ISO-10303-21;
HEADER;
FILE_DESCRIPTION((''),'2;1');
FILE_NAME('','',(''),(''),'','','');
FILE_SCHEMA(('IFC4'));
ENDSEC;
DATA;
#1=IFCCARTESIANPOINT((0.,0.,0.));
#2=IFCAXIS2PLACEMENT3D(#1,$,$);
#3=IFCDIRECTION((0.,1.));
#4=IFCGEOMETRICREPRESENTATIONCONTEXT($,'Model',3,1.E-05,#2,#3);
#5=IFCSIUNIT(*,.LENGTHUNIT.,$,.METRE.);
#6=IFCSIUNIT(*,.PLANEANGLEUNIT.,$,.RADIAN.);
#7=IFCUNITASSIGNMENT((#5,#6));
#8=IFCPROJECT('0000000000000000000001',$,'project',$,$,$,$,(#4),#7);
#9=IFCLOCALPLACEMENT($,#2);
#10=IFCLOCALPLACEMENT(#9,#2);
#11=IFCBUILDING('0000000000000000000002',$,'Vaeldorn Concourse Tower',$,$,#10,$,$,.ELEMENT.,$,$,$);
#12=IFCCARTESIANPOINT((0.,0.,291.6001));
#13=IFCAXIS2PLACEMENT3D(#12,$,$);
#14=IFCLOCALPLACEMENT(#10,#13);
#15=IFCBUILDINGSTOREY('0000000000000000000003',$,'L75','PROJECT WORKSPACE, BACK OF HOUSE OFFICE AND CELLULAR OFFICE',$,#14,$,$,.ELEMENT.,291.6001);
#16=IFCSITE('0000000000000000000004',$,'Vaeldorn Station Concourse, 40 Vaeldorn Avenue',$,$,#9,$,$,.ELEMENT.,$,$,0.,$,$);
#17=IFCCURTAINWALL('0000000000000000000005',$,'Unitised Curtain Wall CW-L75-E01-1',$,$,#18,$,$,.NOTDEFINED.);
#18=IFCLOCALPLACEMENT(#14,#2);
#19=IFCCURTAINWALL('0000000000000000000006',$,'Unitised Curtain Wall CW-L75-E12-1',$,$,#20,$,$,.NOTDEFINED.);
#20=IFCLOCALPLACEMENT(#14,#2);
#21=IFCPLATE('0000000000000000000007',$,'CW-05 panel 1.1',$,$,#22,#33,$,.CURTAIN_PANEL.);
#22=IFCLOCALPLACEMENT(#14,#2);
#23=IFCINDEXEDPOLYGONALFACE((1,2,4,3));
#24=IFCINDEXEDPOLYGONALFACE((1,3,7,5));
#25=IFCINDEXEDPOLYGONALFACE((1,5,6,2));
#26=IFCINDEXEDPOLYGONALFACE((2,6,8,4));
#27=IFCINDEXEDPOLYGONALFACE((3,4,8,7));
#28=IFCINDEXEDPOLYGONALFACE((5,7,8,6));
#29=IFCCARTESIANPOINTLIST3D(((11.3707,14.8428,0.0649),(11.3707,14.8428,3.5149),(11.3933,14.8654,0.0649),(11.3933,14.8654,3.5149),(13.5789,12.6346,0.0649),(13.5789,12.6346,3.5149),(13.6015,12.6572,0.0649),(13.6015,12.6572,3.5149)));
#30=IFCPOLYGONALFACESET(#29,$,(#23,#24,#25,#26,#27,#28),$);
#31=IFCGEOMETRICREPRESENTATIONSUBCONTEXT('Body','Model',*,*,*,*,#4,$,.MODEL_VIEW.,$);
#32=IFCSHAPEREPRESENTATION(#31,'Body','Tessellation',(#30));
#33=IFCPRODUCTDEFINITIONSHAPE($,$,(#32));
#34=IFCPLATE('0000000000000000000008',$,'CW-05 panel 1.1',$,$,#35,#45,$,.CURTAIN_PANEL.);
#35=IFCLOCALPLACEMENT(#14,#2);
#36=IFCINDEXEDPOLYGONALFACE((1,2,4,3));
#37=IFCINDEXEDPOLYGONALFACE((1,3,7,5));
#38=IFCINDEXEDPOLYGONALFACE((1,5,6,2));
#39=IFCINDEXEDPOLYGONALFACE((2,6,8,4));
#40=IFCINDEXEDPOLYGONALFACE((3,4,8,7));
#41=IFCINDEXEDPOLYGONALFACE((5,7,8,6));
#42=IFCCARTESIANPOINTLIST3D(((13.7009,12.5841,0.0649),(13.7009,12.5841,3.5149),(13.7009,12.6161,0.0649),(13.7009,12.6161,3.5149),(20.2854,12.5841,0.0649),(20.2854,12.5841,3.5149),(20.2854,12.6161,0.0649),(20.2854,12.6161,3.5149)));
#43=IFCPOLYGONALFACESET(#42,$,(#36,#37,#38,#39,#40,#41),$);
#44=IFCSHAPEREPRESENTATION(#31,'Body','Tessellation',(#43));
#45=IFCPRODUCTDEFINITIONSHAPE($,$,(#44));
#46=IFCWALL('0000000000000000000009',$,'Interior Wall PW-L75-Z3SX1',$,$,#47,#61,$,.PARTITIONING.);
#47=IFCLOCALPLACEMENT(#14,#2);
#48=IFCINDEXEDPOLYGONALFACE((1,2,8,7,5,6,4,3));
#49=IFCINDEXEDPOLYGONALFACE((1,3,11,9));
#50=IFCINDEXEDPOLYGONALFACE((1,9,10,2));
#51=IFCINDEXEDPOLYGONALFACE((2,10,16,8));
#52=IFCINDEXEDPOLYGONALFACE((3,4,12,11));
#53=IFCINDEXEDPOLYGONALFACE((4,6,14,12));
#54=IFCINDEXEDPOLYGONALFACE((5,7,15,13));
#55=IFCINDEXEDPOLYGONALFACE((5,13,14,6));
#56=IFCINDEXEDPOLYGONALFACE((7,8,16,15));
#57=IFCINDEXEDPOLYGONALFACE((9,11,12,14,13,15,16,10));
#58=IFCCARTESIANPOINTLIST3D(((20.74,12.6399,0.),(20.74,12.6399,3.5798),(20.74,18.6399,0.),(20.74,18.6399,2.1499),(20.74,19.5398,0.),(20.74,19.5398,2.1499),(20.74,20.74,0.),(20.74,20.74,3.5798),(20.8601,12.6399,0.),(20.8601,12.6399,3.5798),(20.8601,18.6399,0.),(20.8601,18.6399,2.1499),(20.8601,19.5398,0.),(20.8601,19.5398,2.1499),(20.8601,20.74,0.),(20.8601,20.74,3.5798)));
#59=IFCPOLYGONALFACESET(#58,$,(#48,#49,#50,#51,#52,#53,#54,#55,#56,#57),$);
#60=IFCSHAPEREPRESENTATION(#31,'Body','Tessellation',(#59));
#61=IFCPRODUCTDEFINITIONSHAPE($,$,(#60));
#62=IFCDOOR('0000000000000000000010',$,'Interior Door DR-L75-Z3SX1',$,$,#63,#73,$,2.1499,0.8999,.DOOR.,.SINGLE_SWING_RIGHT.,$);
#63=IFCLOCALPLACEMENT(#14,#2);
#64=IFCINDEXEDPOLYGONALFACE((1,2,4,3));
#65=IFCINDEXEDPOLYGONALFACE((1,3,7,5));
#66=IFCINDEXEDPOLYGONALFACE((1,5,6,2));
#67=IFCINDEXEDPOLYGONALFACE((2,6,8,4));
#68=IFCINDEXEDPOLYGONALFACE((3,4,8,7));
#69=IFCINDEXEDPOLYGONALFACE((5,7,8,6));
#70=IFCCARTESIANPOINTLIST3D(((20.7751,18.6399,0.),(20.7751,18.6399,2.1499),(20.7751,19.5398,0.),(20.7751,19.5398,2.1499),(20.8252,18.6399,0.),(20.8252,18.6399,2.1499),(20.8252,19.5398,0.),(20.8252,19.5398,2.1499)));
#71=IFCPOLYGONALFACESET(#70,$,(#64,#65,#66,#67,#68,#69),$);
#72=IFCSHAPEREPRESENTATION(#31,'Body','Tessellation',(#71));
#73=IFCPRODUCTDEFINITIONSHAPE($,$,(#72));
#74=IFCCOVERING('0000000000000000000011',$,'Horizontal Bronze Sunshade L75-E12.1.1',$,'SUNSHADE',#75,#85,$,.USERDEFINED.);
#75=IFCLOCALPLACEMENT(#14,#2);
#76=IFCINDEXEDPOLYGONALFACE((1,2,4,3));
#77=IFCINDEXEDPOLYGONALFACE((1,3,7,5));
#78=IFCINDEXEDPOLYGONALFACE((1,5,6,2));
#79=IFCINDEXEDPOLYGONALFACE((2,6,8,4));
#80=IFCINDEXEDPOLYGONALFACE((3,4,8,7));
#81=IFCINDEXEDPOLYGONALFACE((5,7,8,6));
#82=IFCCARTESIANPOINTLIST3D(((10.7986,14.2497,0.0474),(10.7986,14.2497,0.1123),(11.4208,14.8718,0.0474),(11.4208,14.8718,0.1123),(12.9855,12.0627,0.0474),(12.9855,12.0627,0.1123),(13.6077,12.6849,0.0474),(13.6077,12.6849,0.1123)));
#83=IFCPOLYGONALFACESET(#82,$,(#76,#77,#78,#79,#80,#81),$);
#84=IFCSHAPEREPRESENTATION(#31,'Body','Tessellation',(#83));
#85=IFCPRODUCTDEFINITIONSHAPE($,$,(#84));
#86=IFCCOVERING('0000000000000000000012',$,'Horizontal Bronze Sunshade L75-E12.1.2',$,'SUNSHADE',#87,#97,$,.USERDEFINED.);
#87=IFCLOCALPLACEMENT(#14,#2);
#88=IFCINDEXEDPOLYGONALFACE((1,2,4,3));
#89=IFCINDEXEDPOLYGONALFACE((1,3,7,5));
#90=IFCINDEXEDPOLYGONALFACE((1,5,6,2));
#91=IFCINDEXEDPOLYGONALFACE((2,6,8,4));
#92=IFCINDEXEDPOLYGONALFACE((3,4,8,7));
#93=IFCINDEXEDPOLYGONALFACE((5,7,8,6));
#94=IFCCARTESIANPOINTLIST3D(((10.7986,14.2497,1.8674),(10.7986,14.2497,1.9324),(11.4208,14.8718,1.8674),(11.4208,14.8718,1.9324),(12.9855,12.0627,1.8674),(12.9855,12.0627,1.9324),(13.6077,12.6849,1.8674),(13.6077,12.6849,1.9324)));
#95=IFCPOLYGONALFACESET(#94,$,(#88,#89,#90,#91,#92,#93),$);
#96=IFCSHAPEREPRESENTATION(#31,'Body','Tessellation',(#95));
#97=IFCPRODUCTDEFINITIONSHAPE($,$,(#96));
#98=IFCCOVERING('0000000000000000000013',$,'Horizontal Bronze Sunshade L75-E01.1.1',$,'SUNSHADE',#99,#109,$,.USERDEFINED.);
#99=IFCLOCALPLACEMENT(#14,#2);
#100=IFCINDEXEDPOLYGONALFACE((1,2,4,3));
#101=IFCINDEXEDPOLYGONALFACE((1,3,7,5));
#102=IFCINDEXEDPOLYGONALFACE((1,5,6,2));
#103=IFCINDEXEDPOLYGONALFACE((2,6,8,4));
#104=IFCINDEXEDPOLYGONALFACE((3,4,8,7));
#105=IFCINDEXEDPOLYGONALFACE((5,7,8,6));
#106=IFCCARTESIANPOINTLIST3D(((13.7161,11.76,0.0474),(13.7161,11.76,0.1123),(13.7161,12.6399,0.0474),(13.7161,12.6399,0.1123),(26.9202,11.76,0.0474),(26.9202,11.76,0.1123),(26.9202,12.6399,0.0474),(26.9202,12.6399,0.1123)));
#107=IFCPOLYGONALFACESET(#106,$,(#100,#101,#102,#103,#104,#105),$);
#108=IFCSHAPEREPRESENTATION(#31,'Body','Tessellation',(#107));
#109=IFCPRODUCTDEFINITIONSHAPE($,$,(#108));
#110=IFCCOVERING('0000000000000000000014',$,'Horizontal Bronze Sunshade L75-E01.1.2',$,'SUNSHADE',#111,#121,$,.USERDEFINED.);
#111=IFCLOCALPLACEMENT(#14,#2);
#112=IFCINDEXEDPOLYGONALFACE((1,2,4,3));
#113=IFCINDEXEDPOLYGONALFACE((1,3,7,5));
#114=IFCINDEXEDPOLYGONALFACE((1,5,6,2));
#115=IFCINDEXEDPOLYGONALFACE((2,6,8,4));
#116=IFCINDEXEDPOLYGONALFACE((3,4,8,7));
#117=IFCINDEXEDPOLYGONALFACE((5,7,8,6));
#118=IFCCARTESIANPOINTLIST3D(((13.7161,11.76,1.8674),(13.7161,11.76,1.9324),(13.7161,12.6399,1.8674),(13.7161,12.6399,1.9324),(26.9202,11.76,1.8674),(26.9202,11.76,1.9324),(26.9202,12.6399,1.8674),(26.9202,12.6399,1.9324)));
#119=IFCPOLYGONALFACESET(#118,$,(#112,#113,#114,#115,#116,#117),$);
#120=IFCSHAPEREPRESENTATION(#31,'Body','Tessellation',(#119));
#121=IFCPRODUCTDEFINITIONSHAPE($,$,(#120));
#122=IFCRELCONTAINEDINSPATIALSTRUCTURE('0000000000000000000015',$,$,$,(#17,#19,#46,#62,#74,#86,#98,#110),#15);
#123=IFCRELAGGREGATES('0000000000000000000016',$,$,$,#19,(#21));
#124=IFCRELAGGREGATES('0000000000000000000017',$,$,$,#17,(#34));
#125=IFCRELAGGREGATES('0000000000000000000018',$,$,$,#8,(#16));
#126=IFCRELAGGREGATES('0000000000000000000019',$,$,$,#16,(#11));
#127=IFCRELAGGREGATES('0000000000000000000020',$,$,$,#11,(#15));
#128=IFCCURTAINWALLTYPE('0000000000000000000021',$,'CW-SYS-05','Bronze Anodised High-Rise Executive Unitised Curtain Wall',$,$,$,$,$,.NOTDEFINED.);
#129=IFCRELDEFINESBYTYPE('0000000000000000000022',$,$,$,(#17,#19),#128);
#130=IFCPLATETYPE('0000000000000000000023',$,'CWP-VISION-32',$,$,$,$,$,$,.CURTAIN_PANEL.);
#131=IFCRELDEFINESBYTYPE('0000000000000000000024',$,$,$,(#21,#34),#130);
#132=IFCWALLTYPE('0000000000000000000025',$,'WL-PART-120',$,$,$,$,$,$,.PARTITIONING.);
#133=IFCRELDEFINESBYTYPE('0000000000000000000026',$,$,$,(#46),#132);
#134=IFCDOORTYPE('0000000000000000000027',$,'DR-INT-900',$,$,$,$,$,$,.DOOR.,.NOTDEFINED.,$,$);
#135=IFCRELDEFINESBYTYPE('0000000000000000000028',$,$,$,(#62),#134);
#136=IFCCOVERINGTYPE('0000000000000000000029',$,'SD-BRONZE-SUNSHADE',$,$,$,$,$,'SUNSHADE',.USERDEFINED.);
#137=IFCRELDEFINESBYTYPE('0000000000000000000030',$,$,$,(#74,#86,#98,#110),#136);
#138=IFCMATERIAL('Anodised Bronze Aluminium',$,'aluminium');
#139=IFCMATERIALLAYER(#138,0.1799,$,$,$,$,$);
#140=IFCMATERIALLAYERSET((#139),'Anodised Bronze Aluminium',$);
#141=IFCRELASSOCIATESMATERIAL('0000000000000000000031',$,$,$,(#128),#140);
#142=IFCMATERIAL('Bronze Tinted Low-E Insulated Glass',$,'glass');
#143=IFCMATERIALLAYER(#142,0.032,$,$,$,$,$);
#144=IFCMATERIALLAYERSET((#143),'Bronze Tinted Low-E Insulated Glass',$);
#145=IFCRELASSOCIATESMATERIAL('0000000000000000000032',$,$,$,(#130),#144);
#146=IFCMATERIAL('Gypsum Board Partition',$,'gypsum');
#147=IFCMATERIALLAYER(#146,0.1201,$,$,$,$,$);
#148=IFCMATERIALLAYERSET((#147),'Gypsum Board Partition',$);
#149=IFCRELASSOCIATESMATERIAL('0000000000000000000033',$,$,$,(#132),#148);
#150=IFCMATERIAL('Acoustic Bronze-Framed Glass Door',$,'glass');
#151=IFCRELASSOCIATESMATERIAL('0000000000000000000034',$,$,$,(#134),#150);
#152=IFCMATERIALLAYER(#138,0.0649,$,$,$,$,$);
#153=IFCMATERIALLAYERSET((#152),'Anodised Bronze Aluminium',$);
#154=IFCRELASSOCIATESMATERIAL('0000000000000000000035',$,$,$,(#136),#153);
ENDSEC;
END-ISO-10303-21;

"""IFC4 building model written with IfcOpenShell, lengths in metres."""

from ifc_helpers import new_model, si_unit, direction, frame, frame_2d, origin, origin_2d, place, context, subcontext, project, spatial, rectangle, extrude, source, transform, mapped, material, layer, layer_set, type_object, element, fill, aggregate, save


model = new_model("IFC4")

# Units and contexts
model_context = context("Model", 3, precision=1e-05, world=origin(), true_north=direction((0.0, 1.0)))
body_context = subcontext(model_context, "Body", "Model", "MODEL_VIEW")
ifc_project = project(units=[si_unit("LENGTHUNIT", "METRE"), si_unit("PLANEANGLEUNIT", "RADIAN")], contexts=[model_context])

# Site, building, storey
site_placement = place(None, origin())
site = spatial("IfcSite", under=ifc_project, at=site_placement, Name="Vaeldorn Station Concourse, 40 Vaeldorn Avenue", CompositionType="ELEMENT", RefElevation=0.0)
building_placement = place(site_placement, origin())
building = spatial("IfcBuilding", under=site, at=building_placement, Name="Vaeldorn Concourse Tower", CompositionType="ELEMENT")
storey_placement = place(building_placement, frame((0.0, 0.0, 291.6001)))
storey = spatial("IfcBuildingStorey", under=building, at=storey_placement, Name="L75", Description="PROJECT WORKSPACE, BACK OF HOUSE OFFICE AND CELLULAR OFFICE", CompositionType="ELEMENT", Elevation=291.6001)

# Curtain wall
ifc_material_1 = material(Name="Anodised Bronze Aluminium", Category="aluminium")
ifc_layer_1 = layer(ifc_material_1, 0.1799)
ifc_layer_set_1 = layer_set([ifc_layer_1], Name="Anodised Bronze Aluminium")
curtain_wall_type = type_object("IfcCurtainWallType", Name="CW-SYS-05", Description="Bronze Anodised High-Rise Executive Unitised Curtain Wall", PredefinedType="NOTDEFINED", material=ifc_layer_set_1)
curtain_wall_1_placement = place(storey_placement, origin())
curtain_wall_1 = element("IfcCurtainWall", 1, at=curtain_wall_1_placement, inside=storey, type_object=curtain_wall_type, Name="Unitised Curtain Wall CW-L75-E01-1", PredefinedType="NOTDEFINED")

# Curtain wall
curtain_wall_2_placement = place(storey_placement, origin())
curtain_wall_2 = element("IfcCurtainWall", 2, at=curtain_wall_2_placement, inside=storey, type_object=curtain_wall_type, Name="Unitised Curtain Wall CW-L75-E12-1", PredefinedType="NOTDEFINED")

# Plates
ifc_material_2 = material(Name="Bronze Tinted Low-E Insulated Glass", Category="glass")
ifc_layer_2 = layer(ifc_material_2, 0.032)
ifc_layer_set_2 = layer_set([ifc_layer_2], Name="Bronze Tinted Low-E Insulated Glass")
plate_type = type_object("IfcPlateType", Name="CWP-VISION-32", PredefinedType="CURTAIN_PANEL", material=ifc_layer_set_2)
shared_shape_1 = source(origin(), body_context, "Body", "SweptSolid", [
    extrude(rectangle(XDim=3.1228, YDim=0.032, at=origin_2d()), origin(), (0.0, 0.0, 1.0), 3.45),
])
plate_1_placement = place(storey_placement, frame((12.4861, 13.75, 0.0649), z_axis=(0.0, 0.0, 1.0), x_axis=(0.707107, -0.707107, 0.0)))
plate_1 = element("IfcPlate", 3, at=plate_1_placement, type_object=plate_type, Name="CW-05 panel 1.1", PredefinedType="CURTAIN_PANEL", context=body_context, shape_type="MappedRepresentation", body=[
    mapped(shared_shape_1, transform((0.0, 0.0, 0.0), scale=1.0)),
])
aggregate(curtain_wall_2, [plate_1])
shared_shape_2 = source(origin(), body_context, "Body", "SweptSolid", [
    extrude(rectangle(XDim=6.5845, YDim=0.032, at=origin_2d()), origin(), (0.0, 0.0, 1.0), 3.45),
])
plate_2_placement = place(storey_placement, frame((16.9932, 12.6001, 0.0649), z_axis=(0.0, 0.0, 1.0), x_axis=(1.0, 0.0, 0.0)))
plate_2 = element("IfcPlate", 4, at=plate_2_placement, type_object=plate_type, Name="CW-05 panel 1.1", PredefinedType="CURTAIN_PANEL", context=body_context, shape_type="MappedRepresentation", body=[
    mapped(shared_shape_2, transform((0.0, 0.0, 0.0), scale=1.0)),
])
aggregate(curtain_wall_1, [plate_2])

# Wall, opening, door
ifc_material_3 = material(Name="Gypsum Board Partition", Category="gypsum")
ifc_layer_3 = layer(ifc_material_3, 0.1201)
ifc_layer_set_3 = layer_set([ifc_layer_3], Name="Gypsum Board Partition")
wall_type = type_object("IfcWallType", Name="WL-PART-120", PredefinedType="PARTITIONING", material=ifc_layer_set_3)
wall_placement = place(storey_placement, frame((20.8, 12.6399, 0.0), z_axis=(0.0, 0.0, 1.0), x_axis=(0.0, 1.0, 0.0)))
wall = element("IfcWall", 5, at=wall_placement, inside=storey, type_object=wall_type, Name="Interior Wall PW-L75-Z3SX1", PredefinedType="PARTITIONING", context=body_context, shape_type="SweptSolid", body=[
    extrude(rectangle(XDim=8.1001, YDim=0.1201, at=frame_2d((4.05, 0.0))), origin(), (0.0, 0.0, 1.0), 3.5798),
])
opening_placement = place(wall_placement, frame((6.0, 0.0, 0.0)))
opening = element("IfcOpeningElement", 6, at=opening_placement, cuts=wall, PredefinedType="OPENING", context=body_context, shape_type="SweptSolid", body=[
    extrude(rectangle(XDim=0.8999, YDim=2.1499, at=frame_2d((0.45, 1.075))), frame((0.0, 0.0701, 0.0), z_axis=(0.0, -1.0, 0.0), x_axis=(1.0, 0.0, 0.0)), (0.0, 0.0, 1.0), 0.1401),
])
ifc_material_4 = material(Name="Acoustic Bronze-Framed Glass Door", Category="glass")
door_type = type_object("IfcDoorType", Name="DR-INT-900", OperationType="NOTDEFINED", PredefinedType="DOOR", material=ifc_material_4)
shared_shape_3 = source(origin(), body_context, "Body", "SweptSolid", [
    extrude(rectangle(XDim=0.8999, YDim=2.1499, at=frame_2d((0.45, 1.075))), frame((0.0, 0.0249, 0.0), z_axis=(0.0, -1.0, 0.0), x_axis=(1.0, 0.0, 0.0)), (0.0, 0.0, 1.0), 0.05),
])
door_placement = place(opening_placement, origin())
door = element("IfcDoor", 7, at=door_placement, inside=storey, type_object=door_type, Name="Interior Door DR-L75-Z3SX1", OperationType="SINGLE_SWING_RIGHT", OverallHeight=2.1499, OverallWidth=0.8999, PredefinedType="DOOR", context=body_context, shape_type="MappedRepresentation", body=[
    mapped(shared_shape_3, transform((0.0, 0.0, 0.0), scale=1.0)),
])
fill(opening, door)

# Coverings
ifc_layer_4 = layer(ifc_material_1, 0.0649)
ifc_layer_set_4 = layer_set([ifc_layer_4], Name="Anodised Bronze Aluminium")
covering_type = type_object("IfcCoveringType", Name="SD-BRONZE-SUNSHADE", ElementType="SUNSHADE", PredefinedType="USERDEFINED", material=ifc_layer_set_4)
shared_shape_4 = source(origin(), body_context, "Body", "SweptSolid", [
    extrude(rectangle(XDim=3.0928, YDim=0.8799, at=origin_2d()), origin(), (0.0, 0.0, 1.0), 0.0649),
])
for number, where, z_axis, x_axis, name in (
    (8, (12.2031, 13.4673, 0.0474), (0.0, 0.0, 1.0), (0.707107, -0.707107, 0.0), "Horizontal Bronze Sunshade L75-E12.1.1"),
    (9, (12.2031, 13.4673, 1.8674), (0.0, 0.0, 1.0), (0.707107, -0.707107, 0.0), "Horizontal Bronze Sunshade L75-E12.1.2"),
):
    element("IfcCovering", number, at=place(storey_placement, frame(where, z_axis=z_axis, x_axis=x_axis)), inside=storey, type_object=covering_type, Name=name, ObjectType="SUNSHADE", PredefinedType="USERDEFINED", context=body_context, shape_type="MappedRepresentation", body=[
        mapped(shared_shape_4, transform((0.0, 0.0, 0.0), scale=1.0)),
    ])
shared_shape_5 = source(origin(), body_context, "Body", "SweptSolid", [
    extrude(rectangle(XDim=13.2041, YDim=0.8799, at=origin_2d()), origin(), (0.0, 0.0, 1.0), 0.0649),
])
for number, where, z_axis, x_axis, name in (
    (10, (20.3181, 12.2, 0.0474), (0.0, 0.0, 1.0), (1.0, 0.0, 0.0), "Horizontal Bronze Sunshade L75-E01.1.1"),
    (11, (20.3181, 12.2, 1.8674), (0.0, 0.0, 1.0), (1.0, 0.0, 0.0), "Horizontal Bronze Sunshade L75-E01.1.2"),
):
    element("IfcCovering", number, at=place(storey_placement, frame(where, z_axis=z_axis, x_axis=x_axis)), inside=storey, type_object=covering_type, Name=name, ObjectType="SUNSHADE", PredefinedType="USERDEFINED", context=body_context, shape_type="MappedRepresentation", body=[
        mapped(shared_shape_5, transform((0.0, 0.0, 0.0), scale=1.0)),
    ])

save(model, "model.ifc")
